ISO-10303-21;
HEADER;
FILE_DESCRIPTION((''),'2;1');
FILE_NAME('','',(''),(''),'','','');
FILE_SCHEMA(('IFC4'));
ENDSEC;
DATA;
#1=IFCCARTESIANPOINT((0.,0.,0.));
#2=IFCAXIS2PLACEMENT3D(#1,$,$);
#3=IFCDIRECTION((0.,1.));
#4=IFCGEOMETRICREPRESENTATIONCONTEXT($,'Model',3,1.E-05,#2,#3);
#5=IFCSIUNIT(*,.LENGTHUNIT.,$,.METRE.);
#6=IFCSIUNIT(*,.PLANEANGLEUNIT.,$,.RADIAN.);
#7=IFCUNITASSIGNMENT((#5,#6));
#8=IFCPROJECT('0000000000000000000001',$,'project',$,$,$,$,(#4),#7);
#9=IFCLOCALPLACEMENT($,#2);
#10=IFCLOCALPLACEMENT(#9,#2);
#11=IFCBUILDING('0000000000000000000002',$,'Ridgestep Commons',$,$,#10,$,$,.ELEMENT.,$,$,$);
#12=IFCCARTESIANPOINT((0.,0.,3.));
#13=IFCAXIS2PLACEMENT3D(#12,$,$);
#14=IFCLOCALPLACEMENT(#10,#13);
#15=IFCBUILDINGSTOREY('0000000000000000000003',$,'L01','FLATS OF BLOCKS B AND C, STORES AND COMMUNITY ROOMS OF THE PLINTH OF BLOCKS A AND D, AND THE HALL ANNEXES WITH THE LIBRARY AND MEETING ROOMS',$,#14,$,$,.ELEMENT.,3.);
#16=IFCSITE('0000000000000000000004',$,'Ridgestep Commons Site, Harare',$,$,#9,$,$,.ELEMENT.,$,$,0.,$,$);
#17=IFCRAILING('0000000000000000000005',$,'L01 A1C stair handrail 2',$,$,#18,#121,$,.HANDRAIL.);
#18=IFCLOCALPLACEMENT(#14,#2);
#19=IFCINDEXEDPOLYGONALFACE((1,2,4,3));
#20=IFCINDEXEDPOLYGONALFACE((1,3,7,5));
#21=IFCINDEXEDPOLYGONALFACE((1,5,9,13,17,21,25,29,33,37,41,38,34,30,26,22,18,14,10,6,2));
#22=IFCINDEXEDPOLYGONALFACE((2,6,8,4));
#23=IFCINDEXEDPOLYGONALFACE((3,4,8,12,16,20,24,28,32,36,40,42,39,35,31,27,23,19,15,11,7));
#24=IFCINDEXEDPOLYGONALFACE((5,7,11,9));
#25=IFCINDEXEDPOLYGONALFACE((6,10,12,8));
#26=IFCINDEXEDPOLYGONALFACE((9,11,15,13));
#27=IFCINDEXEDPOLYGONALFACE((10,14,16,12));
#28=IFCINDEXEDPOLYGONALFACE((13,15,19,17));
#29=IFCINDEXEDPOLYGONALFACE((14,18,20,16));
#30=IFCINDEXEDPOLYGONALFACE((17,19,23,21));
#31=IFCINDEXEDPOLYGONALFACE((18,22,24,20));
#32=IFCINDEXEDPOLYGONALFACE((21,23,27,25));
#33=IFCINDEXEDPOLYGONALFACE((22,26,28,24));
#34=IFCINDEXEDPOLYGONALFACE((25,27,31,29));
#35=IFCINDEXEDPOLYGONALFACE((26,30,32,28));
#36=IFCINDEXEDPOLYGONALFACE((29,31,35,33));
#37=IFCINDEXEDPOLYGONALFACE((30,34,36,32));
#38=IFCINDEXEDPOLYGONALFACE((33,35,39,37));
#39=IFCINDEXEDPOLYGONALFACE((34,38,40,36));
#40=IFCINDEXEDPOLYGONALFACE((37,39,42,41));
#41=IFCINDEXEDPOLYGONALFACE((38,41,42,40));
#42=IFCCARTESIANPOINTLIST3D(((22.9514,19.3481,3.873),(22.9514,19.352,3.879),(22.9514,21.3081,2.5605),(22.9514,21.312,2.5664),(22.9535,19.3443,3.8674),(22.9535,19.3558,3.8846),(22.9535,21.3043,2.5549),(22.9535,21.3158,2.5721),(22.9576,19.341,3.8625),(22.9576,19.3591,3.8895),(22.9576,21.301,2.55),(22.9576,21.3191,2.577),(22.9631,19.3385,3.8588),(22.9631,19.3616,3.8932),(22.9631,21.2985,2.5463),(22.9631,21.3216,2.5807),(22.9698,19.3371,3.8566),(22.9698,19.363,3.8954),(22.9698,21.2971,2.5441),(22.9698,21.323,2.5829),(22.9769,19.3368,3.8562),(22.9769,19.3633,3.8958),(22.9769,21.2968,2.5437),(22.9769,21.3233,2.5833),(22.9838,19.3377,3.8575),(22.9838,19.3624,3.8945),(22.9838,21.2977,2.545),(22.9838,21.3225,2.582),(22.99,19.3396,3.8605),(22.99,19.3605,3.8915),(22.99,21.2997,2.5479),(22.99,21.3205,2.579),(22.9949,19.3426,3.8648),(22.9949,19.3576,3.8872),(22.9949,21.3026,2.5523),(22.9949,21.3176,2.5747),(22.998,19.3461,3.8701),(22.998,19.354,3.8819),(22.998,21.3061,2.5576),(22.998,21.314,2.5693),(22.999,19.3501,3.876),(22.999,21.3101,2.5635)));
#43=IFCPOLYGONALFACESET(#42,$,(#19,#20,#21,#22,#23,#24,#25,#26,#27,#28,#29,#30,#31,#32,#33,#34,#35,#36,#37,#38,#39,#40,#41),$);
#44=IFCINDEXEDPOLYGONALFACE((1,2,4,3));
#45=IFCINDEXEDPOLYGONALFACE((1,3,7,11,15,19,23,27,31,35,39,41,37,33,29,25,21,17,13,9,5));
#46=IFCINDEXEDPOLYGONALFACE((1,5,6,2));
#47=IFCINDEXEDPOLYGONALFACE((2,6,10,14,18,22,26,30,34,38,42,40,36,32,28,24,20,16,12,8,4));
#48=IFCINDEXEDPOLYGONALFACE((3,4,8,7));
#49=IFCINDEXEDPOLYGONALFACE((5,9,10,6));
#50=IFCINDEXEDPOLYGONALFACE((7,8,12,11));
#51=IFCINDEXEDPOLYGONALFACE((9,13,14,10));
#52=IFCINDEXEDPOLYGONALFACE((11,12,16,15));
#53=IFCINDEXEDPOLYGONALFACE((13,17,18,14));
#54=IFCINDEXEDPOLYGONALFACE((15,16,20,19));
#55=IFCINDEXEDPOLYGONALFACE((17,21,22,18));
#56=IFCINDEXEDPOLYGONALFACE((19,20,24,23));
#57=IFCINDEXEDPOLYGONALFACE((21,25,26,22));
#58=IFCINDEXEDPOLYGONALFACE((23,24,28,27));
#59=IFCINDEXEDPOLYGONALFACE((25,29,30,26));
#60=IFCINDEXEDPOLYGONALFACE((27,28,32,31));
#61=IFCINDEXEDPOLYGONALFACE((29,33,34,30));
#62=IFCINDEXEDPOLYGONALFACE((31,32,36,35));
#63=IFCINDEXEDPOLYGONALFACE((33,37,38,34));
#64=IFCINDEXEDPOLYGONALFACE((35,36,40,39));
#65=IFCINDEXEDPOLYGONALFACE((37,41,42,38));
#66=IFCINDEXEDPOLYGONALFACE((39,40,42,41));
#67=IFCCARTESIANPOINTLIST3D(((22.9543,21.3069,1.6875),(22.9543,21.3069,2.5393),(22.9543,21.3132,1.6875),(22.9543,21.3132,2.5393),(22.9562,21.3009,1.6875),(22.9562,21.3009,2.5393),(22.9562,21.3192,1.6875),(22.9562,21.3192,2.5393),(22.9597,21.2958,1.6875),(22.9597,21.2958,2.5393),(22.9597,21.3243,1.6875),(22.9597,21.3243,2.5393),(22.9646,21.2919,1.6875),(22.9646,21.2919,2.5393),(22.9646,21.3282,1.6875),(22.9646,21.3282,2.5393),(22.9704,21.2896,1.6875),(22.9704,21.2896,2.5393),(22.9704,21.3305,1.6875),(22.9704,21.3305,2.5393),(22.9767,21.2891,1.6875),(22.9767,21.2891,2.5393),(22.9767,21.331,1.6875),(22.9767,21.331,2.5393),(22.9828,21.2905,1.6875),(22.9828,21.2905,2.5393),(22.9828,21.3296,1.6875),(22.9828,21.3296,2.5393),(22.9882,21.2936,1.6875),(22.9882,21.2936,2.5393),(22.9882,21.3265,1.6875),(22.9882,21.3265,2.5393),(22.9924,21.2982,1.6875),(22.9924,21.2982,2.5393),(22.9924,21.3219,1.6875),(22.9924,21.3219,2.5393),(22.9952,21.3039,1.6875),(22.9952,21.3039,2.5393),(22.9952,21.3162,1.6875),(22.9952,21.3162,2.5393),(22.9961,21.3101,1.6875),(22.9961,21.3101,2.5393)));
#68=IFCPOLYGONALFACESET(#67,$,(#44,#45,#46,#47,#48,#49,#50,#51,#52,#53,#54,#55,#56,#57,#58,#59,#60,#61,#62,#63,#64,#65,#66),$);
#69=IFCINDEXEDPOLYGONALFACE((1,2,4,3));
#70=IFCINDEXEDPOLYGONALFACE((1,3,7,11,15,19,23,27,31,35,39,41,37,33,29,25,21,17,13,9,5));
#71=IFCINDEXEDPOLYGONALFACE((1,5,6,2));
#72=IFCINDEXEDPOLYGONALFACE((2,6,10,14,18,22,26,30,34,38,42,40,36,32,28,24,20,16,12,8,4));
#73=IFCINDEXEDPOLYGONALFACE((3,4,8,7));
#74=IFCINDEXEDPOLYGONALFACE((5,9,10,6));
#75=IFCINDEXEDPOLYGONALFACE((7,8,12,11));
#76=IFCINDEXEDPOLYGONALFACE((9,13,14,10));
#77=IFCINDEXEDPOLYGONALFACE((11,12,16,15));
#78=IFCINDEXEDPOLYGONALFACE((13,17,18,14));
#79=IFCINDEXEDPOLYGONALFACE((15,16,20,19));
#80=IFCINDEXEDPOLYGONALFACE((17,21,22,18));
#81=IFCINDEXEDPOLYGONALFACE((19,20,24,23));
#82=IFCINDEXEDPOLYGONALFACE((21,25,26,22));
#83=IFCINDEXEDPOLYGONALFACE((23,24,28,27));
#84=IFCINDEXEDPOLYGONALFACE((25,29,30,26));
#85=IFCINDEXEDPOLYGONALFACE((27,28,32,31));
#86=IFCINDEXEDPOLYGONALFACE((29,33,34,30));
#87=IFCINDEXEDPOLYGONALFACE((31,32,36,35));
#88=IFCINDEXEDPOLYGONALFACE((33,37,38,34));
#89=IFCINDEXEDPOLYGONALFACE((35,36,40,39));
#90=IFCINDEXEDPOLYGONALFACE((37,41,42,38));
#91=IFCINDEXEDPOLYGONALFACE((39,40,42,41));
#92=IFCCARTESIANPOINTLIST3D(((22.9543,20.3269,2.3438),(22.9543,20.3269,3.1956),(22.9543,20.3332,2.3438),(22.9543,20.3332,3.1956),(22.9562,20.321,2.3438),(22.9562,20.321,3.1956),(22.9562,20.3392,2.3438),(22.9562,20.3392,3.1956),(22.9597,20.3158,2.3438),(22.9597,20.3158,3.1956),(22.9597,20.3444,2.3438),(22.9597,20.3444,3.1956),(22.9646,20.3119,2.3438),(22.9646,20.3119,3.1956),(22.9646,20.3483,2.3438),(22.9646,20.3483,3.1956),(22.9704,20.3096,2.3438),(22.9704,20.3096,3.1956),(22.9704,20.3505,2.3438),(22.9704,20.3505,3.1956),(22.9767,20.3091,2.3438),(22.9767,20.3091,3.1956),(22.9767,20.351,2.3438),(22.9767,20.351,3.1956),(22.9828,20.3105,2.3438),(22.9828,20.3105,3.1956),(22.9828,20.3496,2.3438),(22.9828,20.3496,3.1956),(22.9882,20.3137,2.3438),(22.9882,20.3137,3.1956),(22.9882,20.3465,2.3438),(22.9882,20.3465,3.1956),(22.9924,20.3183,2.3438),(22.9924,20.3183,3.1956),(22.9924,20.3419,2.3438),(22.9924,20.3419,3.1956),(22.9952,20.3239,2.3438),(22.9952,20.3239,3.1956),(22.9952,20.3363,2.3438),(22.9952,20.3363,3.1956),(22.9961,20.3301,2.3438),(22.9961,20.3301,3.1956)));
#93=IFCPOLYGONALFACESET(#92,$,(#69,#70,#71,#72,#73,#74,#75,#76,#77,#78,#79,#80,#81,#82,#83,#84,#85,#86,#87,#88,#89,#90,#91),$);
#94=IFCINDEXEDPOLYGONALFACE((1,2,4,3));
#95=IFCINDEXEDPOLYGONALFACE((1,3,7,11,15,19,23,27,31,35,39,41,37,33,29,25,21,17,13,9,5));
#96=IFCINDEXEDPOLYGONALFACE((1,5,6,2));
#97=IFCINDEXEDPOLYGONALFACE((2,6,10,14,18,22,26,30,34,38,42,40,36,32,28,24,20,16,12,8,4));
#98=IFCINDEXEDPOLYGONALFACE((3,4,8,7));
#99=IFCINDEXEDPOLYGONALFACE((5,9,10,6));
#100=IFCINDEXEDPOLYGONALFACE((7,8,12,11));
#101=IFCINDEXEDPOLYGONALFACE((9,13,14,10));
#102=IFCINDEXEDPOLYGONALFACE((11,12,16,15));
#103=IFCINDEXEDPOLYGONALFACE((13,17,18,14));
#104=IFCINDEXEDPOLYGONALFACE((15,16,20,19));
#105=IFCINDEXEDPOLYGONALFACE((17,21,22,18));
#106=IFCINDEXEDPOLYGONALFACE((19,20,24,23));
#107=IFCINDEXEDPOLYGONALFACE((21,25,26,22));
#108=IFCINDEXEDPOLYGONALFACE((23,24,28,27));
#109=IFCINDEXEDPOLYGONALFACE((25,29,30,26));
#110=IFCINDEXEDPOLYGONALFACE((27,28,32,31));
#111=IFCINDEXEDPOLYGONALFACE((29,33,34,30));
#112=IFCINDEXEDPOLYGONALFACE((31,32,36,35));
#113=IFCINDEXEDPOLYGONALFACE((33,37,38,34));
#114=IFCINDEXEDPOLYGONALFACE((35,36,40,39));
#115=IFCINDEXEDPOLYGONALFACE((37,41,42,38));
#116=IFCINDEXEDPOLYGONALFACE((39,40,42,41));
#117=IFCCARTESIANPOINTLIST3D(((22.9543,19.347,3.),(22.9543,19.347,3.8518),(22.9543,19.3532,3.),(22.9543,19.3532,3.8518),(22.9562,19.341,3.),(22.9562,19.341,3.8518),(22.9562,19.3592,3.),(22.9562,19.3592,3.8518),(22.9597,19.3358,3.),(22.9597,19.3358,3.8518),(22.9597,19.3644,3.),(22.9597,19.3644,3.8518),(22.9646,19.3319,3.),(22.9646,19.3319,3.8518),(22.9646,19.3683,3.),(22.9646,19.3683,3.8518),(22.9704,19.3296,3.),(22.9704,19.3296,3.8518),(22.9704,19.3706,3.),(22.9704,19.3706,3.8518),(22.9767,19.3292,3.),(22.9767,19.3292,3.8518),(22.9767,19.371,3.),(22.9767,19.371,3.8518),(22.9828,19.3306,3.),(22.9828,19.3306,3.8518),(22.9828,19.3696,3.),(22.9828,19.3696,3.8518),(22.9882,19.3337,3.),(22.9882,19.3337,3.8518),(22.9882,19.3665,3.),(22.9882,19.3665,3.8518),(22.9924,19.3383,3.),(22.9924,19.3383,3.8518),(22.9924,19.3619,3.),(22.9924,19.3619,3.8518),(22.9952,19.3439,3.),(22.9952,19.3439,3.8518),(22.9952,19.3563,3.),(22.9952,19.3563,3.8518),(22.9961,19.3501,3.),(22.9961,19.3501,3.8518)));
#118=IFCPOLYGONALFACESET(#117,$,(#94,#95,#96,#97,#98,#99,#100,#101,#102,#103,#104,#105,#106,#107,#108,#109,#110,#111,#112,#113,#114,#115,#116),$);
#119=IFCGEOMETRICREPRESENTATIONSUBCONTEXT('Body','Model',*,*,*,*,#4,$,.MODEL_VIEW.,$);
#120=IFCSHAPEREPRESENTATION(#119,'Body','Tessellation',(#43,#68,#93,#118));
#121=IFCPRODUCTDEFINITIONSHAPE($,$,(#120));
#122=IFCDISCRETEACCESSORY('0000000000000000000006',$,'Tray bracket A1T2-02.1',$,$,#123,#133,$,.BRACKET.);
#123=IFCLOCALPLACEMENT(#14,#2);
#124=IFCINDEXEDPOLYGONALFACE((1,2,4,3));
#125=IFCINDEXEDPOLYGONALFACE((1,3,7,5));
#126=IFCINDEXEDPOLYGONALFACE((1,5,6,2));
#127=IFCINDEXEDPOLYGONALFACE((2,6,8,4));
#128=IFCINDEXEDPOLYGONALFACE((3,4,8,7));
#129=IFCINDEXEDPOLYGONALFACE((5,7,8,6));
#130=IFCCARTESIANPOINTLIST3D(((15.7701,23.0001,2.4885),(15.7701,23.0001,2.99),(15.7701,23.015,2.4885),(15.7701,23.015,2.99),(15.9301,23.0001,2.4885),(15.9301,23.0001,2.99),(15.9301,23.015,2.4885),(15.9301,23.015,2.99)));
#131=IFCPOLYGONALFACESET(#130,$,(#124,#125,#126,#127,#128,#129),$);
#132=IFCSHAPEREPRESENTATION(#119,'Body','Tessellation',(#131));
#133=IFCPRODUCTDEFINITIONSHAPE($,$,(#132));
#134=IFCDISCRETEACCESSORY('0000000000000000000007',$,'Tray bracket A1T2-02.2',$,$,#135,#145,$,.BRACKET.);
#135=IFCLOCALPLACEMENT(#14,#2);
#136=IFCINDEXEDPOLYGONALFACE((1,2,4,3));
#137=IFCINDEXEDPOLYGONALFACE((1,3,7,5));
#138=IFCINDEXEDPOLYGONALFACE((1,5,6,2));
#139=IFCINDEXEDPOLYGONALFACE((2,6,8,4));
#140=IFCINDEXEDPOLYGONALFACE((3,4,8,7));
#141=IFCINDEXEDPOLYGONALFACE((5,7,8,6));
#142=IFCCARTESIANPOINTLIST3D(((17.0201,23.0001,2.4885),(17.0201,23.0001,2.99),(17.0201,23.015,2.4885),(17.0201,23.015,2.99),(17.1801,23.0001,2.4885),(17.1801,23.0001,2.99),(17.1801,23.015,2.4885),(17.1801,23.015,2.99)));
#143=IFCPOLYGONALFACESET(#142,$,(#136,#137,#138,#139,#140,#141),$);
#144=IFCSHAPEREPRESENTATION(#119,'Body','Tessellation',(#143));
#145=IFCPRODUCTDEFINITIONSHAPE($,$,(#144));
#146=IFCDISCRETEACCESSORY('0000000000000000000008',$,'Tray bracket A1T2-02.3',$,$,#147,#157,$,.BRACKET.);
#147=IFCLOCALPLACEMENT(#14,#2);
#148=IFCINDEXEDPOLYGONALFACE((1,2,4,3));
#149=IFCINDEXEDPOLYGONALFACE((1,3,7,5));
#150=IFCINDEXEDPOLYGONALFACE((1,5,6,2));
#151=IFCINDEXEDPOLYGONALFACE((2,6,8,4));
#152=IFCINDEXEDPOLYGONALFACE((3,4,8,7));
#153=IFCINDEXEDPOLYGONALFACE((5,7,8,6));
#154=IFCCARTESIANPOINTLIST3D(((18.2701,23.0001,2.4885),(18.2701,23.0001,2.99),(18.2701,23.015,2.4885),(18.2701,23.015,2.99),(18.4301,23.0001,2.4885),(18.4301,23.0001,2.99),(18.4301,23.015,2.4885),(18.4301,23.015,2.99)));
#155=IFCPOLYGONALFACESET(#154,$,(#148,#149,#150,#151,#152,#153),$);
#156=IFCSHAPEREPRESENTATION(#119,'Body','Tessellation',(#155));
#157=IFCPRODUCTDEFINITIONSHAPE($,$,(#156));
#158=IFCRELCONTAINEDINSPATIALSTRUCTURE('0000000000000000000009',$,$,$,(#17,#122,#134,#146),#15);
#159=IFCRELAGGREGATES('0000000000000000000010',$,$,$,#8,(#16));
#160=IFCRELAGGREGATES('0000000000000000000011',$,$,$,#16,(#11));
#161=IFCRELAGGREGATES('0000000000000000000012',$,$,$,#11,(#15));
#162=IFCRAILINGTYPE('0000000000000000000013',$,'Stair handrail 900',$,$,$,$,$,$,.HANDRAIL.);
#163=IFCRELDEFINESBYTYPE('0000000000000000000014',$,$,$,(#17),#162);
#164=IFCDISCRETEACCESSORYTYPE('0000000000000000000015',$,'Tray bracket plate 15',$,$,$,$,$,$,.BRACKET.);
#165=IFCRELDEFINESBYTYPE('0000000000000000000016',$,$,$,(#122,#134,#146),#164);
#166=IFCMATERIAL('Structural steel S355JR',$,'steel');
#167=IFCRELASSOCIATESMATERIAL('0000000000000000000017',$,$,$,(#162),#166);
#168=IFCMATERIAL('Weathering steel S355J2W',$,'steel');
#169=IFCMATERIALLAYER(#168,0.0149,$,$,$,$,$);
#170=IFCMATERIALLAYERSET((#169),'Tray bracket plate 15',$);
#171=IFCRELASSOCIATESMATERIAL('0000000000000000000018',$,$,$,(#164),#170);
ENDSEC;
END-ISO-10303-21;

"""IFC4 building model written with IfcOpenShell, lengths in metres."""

from ifc_helpers import new_model, si_unit, direction, frame, origin, origin_2d, place, context, subcontext, project, spatial, rectangle, circle, extrude, material, layer, layer_set, type_object, element, save


model = new_model("IFC4")

# Units and contexts
model_context = context("Model", 3, precision=1e-05, world=origin(), true_north=direction((0.0, 1.0)))
body_context = subcontext(model_context, "Body", "Model", "MODEL_VIEW")
ifc_project = project(units=[si_unit("LENGTHUNIT", "METRE"), si_unit("PLANEANGLEUNIT", "RADIAN")], contexts=[model_context])

# Site, building, storey
site_placement = place(None, origin())
site = spatial("IfcSite", under=ifc_project, at=site_placement, Name="Ridgestep Commons Site, Harare", CompositionType="ELEMENT", RefElevation=0.0)
building_placement = place(site_placement, origin())
building = spatial("IfcBuilding", under=site, at=building_placement, Name="Ridgestep Commons", CompositionType="ELEMENT")
storey_placement = place(building_placement, frame((0.0, 0.0, 3.0)))
storey = spatial("IfcBuildingStorey", under=building, at=storey_placement, Name="L01", Description="FLATS OF BLOCKS B AND C, STORES AND COMMUNITY ROOMS OF THE PLINTH OF BLOCKS A AND D, AND THE HALL ANNEXES WITH THE LIBRARY AND MEETING ROOMS", CompositionType="ELEMENT", Elevation=3.0)

# Railing
ifc_material_1 = material(Name="Structural steel S355JR", Category="steel")
railing_type_1 = type_object("IfcRailingType", Name="Stair handrail 900", PredefinedType="HANDRAIL", material=ifc_material_1)
railing_1_placement = place(storey_placement, frame((22.9751, 21.3101, 1.6875)))
element("IfcRailing", 1, at=railing_1_placement, inside=storey, type_object=railing_type_1, Name="L01 A1C stair handrail 2", PredefinedType="HANDRAIL", context=body_context, shape_type="SweptSolid", body=[
    extrude(circle(Radius=0.0239, at=origin_2d()), frame((0.0, 0.0, 0.876), z_axis=(0.0, -0.830902, 0.556419), x_axis=(1.0, 0.0, 0.0)), (0.0, 0.0, 1.0), 2.3589),
    extrude(circle(Radius=0.021, at=origin_2d()), origin(), (0.0, 0.0, 1.0), 0.8518),
    extrude(circle(Radius=0.021, at=origin_2d()), frame((0.0, -0.98, 0.6562)), (0.0, 0.0, 1.0), 0.8518),
    extrude(circle(Radius=0.021, at=origin_2d()), frame((0.0, -1.96, 1.3125)), (0.0, 0.0, 1.0), 0.8518),
])

# Discrete accessories
ifc_material_2 = material(Name="Weathering steel S355J2W", Category="steel")
ifc_layer_1 = layer(ifc_material_2, 0.0149)
ifc_layer_set_1 = layer_set([ifc_layer_1], Name="Tray bracket plate 15")
discrete_accessory_type = type_object("IfcDiscreteAccessoryType", Name="Tray bracket plate 15", PredefinedType="BRACKET", material=ifc_layer_set_1)
for number, where, z_axis, x_axis, name in (
    (2, (15.8501, 23.0076, 2.4885), (0.0, 0.0, 1.0), (1.0, 0.0, 0.0), "Tray bracket A1T2-02.1"),
    (3, (17.1001, 23.0076, 2.4885), (0.0, 0.0, 1.0), (1.0, 0.0, 0.0), "Tray bracket A1T2-02.2"),
    (4, (18.3501, 23.0076, 2.4885), (0.0, 0.0, 1.0), (1.0, 0.0, 0.0), "Tray bracket A1T2-02.3"),
):
    element("IfcDiscreteAccessory", number, at=place(storey_placement, frame(where, z_axis=z_axis, x_axis=x_axis)), inside=storey, type_object=discrete_accessory_type, Name=name, PredefinedType="BRACKET", context=body_context, shape_type="SweptSolid", body=[
        extrude(rectangle(XDim=0.1599, YDim=0.0149, at=origin_2d()), origin(), (0.0, 0.0, 1.0), 0.5015),
    ])

save(model, "model.ifc")
